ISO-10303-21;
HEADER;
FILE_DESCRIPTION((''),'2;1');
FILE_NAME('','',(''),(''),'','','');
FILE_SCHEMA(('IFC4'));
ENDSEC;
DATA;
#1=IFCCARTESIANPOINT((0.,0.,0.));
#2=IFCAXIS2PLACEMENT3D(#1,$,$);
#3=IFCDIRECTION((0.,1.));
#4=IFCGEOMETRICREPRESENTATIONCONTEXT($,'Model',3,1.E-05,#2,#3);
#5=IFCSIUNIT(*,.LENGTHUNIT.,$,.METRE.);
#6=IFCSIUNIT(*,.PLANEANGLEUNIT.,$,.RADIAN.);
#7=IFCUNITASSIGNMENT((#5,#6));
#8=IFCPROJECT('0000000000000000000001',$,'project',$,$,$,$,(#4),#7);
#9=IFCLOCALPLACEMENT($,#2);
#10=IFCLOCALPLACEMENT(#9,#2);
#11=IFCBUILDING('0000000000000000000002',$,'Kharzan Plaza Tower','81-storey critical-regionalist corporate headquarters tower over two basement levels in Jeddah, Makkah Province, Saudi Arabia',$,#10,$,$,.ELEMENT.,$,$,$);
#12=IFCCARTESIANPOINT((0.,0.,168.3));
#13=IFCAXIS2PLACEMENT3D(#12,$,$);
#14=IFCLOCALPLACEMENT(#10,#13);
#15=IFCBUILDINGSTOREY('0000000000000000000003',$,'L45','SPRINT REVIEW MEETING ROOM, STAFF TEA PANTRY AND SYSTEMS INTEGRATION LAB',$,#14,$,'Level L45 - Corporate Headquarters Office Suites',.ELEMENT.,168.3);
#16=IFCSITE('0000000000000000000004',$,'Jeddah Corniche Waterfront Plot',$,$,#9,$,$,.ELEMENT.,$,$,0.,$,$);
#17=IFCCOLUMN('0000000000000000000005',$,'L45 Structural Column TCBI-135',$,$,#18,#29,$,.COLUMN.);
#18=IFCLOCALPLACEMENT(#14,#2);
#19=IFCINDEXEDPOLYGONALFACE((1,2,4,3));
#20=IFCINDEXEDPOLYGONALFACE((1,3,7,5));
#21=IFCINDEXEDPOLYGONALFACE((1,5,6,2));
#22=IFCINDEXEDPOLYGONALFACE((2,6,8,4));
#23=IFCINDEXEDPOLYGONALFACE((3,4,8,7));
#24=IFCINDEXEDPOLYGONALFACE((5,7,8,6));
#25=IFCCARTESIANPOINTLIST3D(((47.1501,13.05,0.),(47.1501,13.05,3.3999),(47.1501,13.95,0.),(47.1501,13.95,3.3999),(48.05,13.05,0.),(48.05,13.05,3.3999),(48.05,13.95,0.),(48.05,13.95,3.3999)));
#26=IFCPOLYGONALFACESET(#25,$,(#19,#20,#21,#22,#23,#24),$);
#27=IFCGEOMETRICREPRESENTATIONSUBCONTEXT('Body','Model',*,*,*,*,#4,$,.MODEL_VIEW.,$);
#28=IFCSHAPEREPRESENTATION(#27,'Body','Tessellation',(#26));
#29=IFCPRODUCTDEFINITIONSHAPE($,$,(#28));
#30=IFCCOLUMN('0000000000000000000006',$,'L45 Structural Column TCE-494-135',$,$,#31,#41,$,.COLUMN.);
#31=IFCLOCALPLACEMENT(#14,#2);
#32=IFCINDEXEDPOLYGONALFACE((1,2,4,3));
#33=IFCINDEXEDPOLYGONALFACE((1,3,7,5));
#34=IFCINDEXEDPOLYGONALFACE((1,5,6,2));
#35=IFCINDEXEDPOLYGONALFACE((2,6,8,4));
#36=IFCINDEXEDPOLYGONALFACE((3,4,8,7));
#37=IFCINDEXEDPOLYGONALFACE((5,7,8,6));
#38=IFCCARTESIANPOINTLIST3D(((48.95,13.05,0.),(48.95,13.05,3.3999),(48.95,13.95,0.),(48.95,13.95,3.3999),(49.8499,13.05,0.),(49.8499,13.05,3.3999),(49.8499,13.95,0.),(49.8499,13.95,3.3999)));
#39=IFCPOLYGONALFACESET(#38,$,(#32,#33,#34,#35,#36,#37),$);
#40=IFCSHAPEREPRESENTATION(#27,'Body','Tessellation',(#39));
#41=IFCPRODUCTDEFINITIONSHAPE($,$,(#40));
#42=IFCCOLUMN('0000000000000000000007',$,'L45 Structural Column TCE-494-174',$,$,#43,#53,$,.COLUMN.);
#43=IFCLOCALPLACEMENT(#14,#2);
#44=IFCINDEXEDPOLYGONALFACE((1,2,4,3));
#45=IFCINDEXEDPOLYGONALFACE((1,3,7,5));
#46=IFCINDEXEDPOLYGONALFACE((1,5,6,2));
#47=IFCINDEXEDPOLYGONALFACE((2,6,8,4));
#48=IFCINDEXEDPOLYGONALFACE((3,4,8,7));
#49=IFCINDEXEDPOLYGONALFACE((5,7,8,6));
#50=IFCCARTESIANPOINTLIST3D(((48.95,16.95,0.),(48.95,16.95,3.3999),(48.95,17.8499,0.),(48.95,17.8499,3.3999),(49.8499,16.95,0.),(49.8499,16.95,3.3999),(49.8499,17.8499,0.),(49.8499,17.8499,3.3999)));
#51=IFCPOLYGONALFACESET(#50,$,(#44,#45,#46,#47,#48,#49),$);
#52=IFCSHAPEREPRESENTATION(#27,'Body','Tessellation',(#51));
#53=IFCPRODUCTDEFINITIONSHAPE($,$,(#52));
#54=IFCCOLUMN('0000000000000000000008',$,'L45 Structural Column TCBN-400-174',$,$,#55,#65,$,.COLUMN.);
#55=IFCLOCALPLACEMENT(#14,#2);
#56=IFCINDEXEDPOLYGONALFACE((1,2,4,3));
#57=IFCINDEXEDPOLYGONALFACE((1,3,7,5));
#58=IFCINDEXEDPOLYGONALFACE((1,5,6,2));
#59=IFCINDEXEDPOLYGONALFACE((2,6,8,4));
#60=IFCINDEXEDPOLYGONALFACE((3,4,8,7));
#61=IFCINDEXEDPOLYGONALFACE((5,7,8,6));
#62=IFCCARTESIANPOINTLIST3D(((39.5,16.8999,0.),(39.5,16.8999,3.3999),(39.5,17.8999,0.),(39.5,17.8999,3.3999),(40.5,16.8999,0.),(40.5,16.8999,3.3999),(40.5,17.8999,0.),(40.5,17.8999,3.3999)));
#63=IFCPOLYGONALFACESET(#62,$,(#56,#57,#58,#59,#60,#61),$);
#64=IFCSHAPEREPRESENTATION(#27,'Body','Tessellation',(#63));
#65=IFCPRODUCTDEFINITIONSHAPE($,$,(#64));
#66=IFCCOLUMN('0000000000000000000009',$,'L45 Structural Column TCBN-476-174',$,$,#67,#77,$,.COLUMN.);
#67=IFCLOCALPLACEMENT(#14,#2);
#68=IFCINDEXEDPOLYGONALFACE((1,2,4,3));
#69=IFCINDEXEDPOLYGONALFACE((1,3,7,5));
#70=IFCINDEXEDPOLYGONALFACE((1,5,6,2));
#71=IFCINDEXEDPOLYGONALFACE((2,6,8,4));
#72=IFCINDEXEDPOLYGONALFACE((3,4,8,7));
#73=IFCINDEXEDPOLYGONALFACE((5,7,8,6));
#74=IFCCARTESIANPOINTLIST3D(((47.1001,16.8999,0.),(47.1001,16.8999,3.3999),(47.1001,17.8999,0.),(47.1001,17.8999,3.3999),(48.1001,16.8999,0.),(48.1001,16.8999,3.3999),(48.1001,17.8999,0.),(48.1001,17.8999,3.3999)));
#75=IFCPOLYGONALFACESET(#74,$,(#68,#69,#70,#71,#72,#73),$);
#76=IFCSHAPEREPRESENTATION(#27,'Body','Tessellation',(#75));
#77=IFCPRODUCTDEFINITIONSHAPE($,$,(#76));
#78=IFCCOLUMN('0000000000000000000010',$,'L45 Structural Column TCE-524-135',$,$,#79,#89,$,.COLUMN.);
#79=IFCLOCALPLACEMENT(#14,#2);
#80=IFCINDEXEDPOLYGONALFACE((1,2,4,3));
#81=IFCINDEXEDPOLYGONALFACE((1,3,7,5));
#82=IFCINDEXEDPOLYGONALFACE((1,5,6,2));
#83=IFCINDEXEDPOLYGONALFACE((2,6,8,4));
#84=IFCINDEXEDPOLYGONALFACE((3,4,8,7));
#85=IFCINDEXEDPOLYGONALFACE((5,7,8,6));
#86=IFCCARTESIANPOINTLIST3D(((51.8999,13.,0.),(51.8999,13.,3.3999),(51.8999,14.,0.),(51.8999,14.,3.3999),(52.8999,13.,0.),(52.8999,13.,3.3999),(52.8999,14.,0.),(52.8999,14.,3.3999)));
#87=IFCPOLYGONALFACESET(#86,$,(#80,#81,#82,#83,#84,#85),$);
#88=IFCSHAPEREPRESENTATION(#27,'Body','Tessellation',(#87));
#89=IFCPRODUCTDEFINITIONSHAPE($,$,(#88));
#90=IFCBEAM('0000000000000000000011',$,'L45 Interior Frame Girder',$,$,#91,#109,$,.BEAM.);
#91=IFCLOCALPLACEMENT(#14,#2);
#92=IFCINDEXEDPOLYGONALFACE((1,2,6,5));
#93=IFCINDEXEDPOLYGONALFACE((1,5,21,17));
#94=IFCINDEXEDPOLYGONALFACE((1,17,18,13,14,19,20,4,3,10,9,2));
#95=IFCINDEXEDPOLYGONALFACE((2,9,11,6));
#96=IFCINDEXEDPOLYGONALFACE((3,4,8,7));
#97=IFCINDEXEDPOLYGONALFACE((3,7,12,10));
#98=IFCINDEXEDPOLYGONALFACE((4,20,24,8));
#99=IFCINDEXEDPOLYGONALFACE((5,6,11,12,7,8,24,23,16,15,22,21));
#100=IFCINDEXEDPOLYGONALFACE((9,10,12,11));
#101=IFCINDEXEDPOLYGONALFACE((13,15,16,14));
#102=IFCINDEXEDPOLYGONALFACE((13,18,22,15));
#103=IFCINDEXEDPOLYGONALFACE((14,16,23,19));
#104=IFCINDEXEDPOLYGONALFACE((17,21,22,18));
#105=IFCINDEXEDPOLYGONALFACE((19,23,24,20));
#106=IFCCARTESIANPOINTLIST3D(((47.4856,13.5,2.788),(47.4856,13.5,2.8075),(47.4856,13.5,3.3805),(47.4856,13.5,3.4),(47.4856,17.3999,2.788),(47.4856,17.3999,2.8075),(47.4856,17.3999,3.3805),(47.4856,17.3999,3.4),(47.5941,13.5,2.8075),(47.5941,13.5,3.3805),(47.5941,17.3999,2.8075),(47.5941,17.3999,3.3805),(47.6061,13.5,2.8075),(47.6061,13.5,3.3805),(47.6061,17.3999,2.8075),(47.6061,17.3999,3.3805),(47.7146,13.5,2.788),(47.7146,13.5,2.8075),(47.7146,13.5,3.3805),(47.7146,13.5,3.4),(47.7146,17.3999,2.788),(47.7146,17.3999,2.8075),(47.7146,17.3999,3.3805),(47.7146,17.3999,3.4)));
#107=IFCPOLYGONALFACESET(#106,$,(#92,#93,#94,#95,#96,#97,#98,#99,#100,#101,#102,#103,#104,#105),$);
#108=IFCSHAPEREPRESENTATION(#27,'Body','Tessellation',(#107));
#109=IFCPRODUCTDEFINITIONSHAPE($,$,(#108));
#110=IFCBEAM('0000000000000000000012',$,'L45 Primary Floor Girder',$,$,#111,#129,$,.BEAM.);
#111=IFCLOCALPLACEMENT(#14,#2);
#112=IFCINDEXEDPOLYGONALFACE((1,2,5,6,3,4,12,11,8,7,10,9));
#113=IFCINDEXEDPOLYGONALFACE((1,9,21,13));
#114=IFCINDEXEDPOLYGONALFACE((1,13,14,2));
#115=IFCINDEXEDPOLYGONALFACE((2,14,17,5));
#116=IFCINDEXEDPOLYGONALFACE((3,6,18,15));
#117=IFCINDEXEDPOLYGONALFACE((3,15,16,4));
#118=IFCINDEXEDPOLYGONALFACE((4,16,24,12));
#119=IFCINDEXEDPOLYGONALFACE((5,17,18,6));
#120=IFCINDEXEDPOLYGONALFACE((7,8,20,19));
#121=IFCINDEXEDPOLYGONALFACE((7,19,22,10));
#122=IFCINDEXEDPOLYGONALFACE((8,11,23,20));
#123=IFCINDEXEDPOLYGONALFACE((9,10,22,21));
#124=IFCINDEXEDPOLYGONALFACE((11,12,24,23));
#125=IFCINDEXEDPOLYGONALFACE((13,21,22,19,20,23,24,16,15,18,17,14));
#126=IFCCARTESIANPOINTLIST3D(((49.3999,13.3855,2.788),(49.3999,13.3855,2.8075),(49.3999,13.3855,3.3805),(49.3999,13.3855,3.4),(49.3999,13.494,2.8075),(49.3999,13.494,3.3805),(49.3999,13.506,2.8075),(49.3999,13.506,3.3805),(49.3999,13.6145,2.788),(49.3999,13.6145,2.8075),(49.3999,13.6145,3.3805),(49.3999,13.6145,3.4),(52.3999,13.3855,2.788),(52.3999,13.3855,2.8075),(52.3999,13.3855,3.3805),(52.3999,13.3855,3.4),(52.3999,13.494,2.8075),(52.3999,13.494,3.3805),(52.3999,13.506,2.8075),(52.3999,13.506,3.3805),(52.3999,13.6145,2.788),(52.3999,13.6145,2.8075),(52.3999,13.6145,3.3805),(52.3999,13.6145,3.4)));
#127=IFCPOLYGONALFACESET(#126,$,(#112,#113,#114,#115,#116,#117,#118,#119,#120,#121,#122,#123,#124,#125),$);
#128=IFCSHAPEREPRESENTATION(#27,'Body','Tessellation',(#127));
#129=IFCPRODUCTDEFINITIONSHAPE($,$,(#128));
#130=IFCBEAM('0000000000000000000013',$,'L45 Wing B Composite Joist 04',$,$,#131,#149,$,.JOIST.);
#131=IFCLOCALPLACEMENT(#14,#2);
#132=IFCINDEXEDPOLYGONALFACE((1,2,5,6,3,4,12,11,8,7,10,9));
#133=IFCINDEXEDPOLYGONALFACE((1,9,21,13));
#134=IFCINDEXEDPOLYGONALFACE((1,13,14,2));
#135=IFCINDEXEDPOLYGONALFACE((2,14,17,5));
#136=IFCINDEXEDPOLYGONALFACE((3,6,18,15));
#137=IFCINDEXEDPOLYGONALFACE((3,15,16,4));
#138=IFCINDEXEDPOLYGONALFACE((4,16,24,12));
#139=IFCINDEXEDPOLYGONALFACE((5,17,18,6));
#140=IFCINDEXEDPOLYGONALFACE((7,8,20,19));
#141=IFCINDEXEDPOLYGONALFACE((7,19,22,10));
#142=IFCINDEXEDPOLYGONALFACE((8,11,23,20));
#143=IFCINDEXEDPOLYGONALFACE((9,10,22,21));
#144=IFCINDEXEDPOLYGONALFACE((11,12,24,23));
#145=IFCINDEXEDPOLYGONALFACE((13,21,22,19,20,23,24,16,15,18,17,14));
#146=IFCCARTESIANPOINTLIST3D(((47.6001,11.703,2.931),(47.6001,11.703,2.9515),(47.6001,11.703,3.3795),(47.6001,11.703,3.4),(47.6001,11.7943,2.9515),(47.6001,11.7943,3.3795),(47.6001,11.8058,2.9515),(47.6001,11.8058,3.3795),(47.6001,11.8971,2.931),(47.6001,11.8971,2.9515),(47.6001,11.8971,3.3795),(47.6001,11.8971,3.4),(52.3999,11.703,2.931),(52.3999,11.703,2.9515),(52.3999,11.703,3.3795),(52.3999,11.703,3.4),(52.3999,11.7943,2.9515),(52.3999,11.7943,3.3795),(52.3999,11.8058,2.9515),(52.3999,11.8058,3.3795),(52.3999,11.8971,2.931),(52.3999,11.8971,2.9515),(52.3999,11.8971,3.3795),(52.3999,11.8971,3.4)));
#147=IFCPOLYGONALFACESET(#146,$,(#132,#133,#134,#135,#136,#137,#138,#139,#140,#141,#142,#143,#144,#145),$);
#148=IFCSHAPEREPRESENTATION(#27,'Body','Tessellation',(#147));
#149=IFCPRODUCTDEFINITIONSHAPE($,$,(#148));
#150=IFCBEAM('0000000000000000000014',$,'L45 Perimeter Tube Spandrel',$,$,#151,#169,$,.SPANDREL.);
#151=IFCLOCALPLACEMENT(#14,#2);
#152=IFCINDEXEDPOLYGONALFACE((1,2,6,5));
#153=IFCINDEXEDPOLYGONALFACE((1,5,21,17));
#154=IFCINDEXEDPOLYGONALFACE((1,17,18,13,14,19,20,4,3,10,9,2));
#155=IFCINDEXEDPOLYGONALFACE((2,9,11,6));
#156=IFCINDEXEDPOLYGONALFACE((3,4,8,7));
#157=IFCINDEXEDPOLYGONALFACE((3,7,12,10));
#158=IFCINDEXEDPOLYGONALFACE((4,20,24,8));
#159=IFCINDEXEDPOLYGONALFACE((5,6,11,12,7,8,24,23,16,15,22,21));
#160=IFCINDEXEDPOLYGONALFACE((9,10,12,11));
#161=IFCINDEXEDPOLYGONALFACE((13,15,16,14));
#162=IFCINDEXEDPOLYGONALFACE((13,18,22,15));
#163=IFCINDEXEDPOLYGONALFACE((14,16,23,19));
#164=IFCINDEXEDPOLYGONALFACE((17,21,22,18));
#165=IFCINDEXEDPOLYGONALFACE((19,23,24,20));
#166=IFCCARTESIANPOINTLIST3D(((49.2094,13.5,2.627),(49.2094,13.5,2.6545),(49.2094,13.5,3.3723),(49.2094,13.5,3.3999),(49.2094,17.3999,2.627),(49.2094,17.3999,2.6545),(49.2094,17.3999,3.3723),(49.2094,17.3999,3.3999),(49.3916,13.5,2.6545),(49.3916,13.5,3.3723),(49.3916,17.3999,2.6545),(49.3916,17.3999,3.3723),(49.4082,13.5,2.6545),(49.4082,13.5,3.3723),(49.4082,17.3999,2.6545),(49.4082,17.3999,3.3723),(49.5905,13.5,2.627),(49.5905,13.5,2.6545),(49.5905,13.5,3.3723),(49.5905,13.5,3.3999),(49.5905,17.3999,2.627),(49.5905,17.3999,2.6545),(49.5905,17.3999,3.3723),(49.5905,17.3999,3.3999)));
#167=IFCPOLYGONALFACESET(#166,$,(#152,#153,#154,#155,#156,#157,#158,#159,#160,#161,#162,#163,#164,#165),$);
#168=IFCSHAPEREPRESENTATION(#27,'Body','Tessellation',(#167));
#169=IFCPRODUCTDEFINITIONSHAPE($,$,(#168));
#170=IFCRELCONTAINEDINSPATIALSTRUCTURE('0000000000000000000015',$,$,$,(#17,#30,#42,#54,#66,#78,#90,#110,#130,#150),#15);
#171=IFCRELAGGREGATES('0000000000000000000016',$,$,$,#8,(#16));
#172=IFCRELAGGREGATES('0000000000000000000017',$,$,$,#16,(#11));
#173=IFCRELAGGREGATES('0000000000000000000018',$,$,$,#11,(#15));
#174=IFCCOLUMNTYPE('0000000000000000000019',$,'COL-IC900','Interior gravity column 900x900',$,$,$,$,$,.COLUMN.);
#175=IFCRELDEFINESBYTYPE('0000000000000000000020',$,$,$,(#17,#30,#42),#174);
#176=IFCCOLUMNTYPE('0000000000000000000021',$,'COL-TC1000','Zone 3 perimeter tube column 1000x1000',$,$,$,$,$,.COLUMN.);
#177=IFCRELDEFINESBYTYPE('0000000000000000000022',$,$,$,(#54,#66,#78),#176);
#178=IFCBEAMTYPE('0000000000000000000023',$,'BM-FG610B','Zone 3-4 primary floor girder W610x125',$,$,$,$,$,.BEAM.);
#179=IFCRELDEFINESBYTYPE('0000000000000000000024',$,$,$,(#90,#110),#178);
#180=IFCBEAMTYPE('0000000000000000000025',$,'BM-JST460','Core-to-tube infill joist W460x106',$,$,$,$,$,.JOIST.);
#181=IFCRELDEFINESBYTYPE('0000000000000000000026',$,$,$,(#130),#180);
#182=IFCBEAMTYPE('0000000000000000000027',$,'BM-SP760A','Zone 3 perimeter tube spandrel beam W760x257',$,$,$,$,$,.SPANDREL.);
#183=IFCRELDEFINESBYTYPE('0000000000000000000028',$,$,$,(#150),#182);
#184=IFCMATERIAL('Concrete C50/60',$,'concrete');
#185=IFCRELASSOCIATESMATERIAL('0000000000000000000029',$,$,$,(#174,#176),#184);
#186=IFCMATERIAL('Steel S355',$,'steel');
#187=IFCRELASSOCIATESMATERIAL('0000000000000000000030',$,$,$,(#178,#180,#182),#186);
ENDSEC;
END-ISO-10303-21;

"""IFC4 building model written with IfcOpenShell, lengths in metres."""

from ifc_helpers import new_model, si_unit, direction, frame, origin, origin_2d, place, context, subcontext, project, spatial, rectangle, i_section, extrude, source, transform, mapped, material, material_profile, profile_set, type_object, element, save


model = new_model("IFC4")

# Units and contexts
model_context = context("Model", 3, precision=1e-05, world=origin(), true_north=direction((0.0, 1.0)))
body_context = subcontext(model_context, "Body", "Model", "MODEL_VIEW")
ifc_project = project(units=[si_unit("LENGTHUNIT", "METRE"), si_unit("PLANEANGLEUNIT", "RADIAN")], contexts=[model_context])

# Site, building, storey
site_placement = place(None, origin())
site = spatial("IfcSite", under=ifc_project, at=site_placement, Name="Jeddah Corniche Waterfront Plot", CompositionType="ELEMENT", RefElevation=0.0)
building_placement = place(site_placement, origin())
building = spatial("IfcBuilding", under=site, at=building_placement, Name="Kharzan Plaza Tower", Description="81-storey critical-regionalist corporate headquarters tower over two basement levels in Jeddah, Makkah Province, Saudi Arabia", CompositionType="ELEMENT")
storey_placement = place(building_placement, frame((0.0, 0.0, 168.3)))
storey = spatial("IfcBuildingStorey", under=building, at=storey_placement, Name="L45", Description="SPRINT REVIEW MEETING ROOM, STAFF TEA PANTRY AND SYSTEMS INTEGRATION LAB", LongName="Level L45 - Corporate Headquarters Office Suites", CompositionType="ELEMENT", Elevation=168.3)

# Columns
ifc_material_1 = material(Name="Concrete C50/60", Category="concrete")
ifc_material_profile_1 = material_profile(ifc_material_1, rectangle(XDim=0.8999, YDim=0.8999, at=origin_2d()), Name="RC-IC900x900")
ifc_profile_set_1 = profile_set([ifc_material_profile_1], Name="Concrete C50/60")
column_type_1 = type_object("IfcColumnType", Name="COL-IC900", Description="Interior gravity column 900x900", PredefinedType="COLUMN", material=ifc_profile_set_1)
shared_shape_1 = source(origin(), body_context, "Body", "SweptSolid", [
    extrude(rectangle(XDim=0.8999, YDim=0.8999, at=origin_2d()), origin(), (0.0, 0.0, 1.0), 3.3999),
])
for number, where, z_axis, x_axis, name in (
    (1, (47.6001, 13.5, 0.0), (0.0, 0.0, 1.0), (1.0, 0.0, 0.0), "L45 Structural Column TCBI-135"),
    (2, (49.3999, 13.5, 0.0), (0.0, 0.0, 1.0), (1.0, 0.0, 0.0), "L45 Structural Column TCE-494-135"),
    (3, (49.3999, 17.3999, 0.0), (0.0, 0.0, 1.0), (1.0, 0.0, 0.0), "L45 Structural Column TCE-494-174"),
):
    element("IfcColumn", number, at=place(storey_placement, frame(where, z_axis=z_axis, x_axis=x_axis)), inside=storey, type_object=column_type_1, Name=name, PredefinedType="COLUMN", context=body_context, shape_type="MappedRepresentation", body=[
        mapped(shared_shape_1, transform((0.0, 0.0, 0.0), x_axis=(1.0, 0.0, 0.0), y_axis=(0.0, 1.0, 0.0), z_axis=(0.0, 0.0, 1.0))),
    ])
ifc_material_profile_2 = material_profile(ifc_material_1, rectangle(XDim=1.0, YDim=1.0, at=origin_2d()), Name="RC-TC1000x1000")
ifc_profile_set_2 = profile_set([ifc_material_profile_2], Name="Concrete C50/60")
column_type_2 = type_object("IfcColumnType", Name="COL-TC1000", Description="Zone 3 perimeter tube column 1000x1000", PredefinedType="COLUMN", material=ifc_profile_set_2)
shared_shape_2 = source(origin(), body_context, "Body", "SweptSolid", [
    extrude(rectangle(XDim=1.0, YDim=1.0, at=origin_2d()), origin(), (0.0, 0.0, 1.0), 3.3999),
])
for number, where, z_axis, x_axis, name in (
    (4, (40.0, 17.3999, 0.0), (0.0, 0.0, 1.0), (1.0, 0.0, 0.0), "L45 Structural Column TCBN-400-174"),
    (5, (47.6001, 17.3999, 0.0), (0.0, 0.0, 1.0), (1.0, 0.0, 0.0), "L45 Structural Column TCBN-476-174"),
    (6, (52.3999, 13.5, 0.0), (0.0, 0.0, 1.0), (1.0, 0.0, 0.0), "L45 Structural Column TCE-524-135"),
):
    element("IfcColumn", number, at=place(storey_placement, frame(where, z_axis=z_axis, x_axis=x_axis)), inside=storey, type_object=column_type_2, Name=name, PredefinedType="COLUMN", context=body_context, shape_type="MappedRepresentation", body=[
        mapped(shared_shape_2, transform((0.0, 0.0, 0.0), x_axis=(1.0, 0.0, 0.0), y_axis=(0.0, 1.0, 0.0), z_axis=(0.0, 0.0, 1.0))),
    ])

# Beams
ifc_material_2 = material(Name="Steel S355", Category="steel")
ifc_material_profile_3 = material_profile(ifc_material_2, i_section(OverallWidth=0.229, OverallDepth=0.6121, WebThickness=0.012, FlangeThickness=0.0195, at=origin_2d()), Name="W610x125")
ifc_profile_set_3 = profile_set([ifc_material_profile_3], Name="Steel S355")
beam_type_1 = type_object("IfcBeamType", Name="BM-FG610B", Description="Zone 3-4 primary floor girder W610x125", PredefinedType="BEAM", material=ifc_profile_set_3)
shared_shape_3 = source(origin(), body_context, "Body", "SweptSolid", [
    extrude(i_section(OverallWidth=0.229, OverallDepth=0.6121, WebThickness=0.012, FlangeThickness=0.0195, at=origin_2d()), origin(), (0.0, 0.0, 1.0), 3.8999),
])
beam_1_placement = place(storey_placement, frame((47.6001, 13.5, 3.094), z_axis=(0.0, 1.0, 0.0), x_axis=(-1.0, 0.0, 0.0)))
element("IfcBeam", 7, at=beam_1_placement, inside=storey, type_object=beam_type_1, Name="L45 Interior Frame Girder", PredefinedType="BEAM", context=body_context, shape_type="MappedRepresentation", body=[
    mapped(shared_shape_3, transform((0.0, 0.0, 0.0), x_axis=(1.0, 0.0, 0.0), y_axis=(0.0, 1.0, 0.0), z_axis=(0.0, 0.0, 1.0))),
])
shared_shape_4 = source(origin(), body_context, "Body", "SweptSolid", [
    extrude(i_section(OverallWidth=0.229, OverallDepth=0.6121, WebThickness=0.012, FlangeThickness=0.0195, at=origin_2d()), origin(), (0.0, 0.0, 1.0), 3.0),
])
beam_2_placement = place(storey_placement, frame((49.3999, 13.5, 3.094), z_axis=(1.0, 0.0, 0.0), x_axis=(0.0, 1.0, 0.0)))
element("IfcBeam", 8, at=beam_2_placement, inside=storey, type_object=beam_type_1, Name="L45 Primary Floor Girder", PredefinedType="BEAM", context=body_context, shape_type="MappedRepresentation", body=[
    mapped(shared_shape_4, transform((0.0, 0.0, 0.0), x_axis=(1.0, 0.0, 0.0), y_axis=(0.0, 1.0, 0.0), z_axis=(0.0, 0.0, 1.0))),
])
ifc_material_profile_4 = material_profile(ifc_material_2, i_section(OverallWidth=0.1941, OverallDepth=0.469, WebThickness=0.0115, FlangeThickness=0.0205, at=origin_2d()), Name="W460x106")
ifc_profile_set_4 = profile_set([ifc_material_profile_4], Name="Steel S355")
beam_type_2 = type_object("IfcBeamType", Name="BM-JST460", Description="Core-to-tube infill joist W460x106", PredefinedType="JOIST", material=ifc_profile_set_4)
shared_shape_5 = source(origin(), body_context, "Body", "SweptSolid", [
    extrude(i_section(OverallWidth=0.1941, OverallDepth=0.469, WebThickness=0.0115, FlangeThickness=0.0205, at=origin_2d()), origin(), (0.0, 0.0, 1.0), 4.7998),
])
beam_3_placement = place(storey_placement, frame((47.6001, 11.8, 3.1655), z_axis=(1.0, 0.0, 0.0), x_axis=(0.0, 1.0, 0.0)))
element("IfcBeam", 9, at=beam_3_placement, inside=storey, type_object=beam_type_2, Name="L45 Wing B Composite Joist 04", PredefinedType="JOIST", context=body_context, shape_type="MappedRepresentation", body=[
    mapped(shared_shape_5, transform((0.0, 0.0, 0.0), x_axis=(1.0, 0.0, 0.0), y_axis=(0.0, 1.0, 0.0), z_axis=(0.0, 0.0, 1.0))),
])
ifc_material_profile_5 = material_profile(ifc_material_2, i_section(OverallWidth=0.3811, OverallDepth=0.7729, WebThickness=0.0166, FlangeThickness=0.0276, at=origin_2d()), Name="W760x257")
ifc_profile_set_5 = profile_set([ifc_material_profile_5], Name="Steel S355")
beam_type_3 = type_object("IfcBeamType", Name="BM-SP760A", Description="Zone 3 perimeter tube spandrel beam W760x257", PredefinedType="SPANDREL", material=ifc_profile_set_5)
shared_shape_6 = source(origin(), body_context, "Body", "SweptSolid", [
    extrude(i_section(OverallWidth=0.3811, OverallDepth=0.7729, WebThickness=0.0166, FlangeThickness=0.0276, at=origin_2d()), origin(), (0.0, 0.0, 1.0), 3.8999),
])
beam_4_placement = place(storey_placement, frame((49.3999, 13.5, 3.0134), z_axis=(0.0, 1.0, 0.0), x_axis=(-1.0, 0.0, 0.0)))
element("IfcBeam", 10, at=beam_4_placement, inside=storey, type_object=beam_type_3, Name="L45 Perimeter Tube Spandrel", PredefinedType="SPANDREL", context=body_context, shape_type="MappedRepresentation", body=[
    mapped(shared_shape_6, transform((0.0, 0.0, 0.0), x_axis=(1.0, 0.0, 0.0), y_axis=(0.0, 1.0, 0.0), z_axis=(0.0, 0.0, 1.0))),
])

save(model, "model.ifc")
